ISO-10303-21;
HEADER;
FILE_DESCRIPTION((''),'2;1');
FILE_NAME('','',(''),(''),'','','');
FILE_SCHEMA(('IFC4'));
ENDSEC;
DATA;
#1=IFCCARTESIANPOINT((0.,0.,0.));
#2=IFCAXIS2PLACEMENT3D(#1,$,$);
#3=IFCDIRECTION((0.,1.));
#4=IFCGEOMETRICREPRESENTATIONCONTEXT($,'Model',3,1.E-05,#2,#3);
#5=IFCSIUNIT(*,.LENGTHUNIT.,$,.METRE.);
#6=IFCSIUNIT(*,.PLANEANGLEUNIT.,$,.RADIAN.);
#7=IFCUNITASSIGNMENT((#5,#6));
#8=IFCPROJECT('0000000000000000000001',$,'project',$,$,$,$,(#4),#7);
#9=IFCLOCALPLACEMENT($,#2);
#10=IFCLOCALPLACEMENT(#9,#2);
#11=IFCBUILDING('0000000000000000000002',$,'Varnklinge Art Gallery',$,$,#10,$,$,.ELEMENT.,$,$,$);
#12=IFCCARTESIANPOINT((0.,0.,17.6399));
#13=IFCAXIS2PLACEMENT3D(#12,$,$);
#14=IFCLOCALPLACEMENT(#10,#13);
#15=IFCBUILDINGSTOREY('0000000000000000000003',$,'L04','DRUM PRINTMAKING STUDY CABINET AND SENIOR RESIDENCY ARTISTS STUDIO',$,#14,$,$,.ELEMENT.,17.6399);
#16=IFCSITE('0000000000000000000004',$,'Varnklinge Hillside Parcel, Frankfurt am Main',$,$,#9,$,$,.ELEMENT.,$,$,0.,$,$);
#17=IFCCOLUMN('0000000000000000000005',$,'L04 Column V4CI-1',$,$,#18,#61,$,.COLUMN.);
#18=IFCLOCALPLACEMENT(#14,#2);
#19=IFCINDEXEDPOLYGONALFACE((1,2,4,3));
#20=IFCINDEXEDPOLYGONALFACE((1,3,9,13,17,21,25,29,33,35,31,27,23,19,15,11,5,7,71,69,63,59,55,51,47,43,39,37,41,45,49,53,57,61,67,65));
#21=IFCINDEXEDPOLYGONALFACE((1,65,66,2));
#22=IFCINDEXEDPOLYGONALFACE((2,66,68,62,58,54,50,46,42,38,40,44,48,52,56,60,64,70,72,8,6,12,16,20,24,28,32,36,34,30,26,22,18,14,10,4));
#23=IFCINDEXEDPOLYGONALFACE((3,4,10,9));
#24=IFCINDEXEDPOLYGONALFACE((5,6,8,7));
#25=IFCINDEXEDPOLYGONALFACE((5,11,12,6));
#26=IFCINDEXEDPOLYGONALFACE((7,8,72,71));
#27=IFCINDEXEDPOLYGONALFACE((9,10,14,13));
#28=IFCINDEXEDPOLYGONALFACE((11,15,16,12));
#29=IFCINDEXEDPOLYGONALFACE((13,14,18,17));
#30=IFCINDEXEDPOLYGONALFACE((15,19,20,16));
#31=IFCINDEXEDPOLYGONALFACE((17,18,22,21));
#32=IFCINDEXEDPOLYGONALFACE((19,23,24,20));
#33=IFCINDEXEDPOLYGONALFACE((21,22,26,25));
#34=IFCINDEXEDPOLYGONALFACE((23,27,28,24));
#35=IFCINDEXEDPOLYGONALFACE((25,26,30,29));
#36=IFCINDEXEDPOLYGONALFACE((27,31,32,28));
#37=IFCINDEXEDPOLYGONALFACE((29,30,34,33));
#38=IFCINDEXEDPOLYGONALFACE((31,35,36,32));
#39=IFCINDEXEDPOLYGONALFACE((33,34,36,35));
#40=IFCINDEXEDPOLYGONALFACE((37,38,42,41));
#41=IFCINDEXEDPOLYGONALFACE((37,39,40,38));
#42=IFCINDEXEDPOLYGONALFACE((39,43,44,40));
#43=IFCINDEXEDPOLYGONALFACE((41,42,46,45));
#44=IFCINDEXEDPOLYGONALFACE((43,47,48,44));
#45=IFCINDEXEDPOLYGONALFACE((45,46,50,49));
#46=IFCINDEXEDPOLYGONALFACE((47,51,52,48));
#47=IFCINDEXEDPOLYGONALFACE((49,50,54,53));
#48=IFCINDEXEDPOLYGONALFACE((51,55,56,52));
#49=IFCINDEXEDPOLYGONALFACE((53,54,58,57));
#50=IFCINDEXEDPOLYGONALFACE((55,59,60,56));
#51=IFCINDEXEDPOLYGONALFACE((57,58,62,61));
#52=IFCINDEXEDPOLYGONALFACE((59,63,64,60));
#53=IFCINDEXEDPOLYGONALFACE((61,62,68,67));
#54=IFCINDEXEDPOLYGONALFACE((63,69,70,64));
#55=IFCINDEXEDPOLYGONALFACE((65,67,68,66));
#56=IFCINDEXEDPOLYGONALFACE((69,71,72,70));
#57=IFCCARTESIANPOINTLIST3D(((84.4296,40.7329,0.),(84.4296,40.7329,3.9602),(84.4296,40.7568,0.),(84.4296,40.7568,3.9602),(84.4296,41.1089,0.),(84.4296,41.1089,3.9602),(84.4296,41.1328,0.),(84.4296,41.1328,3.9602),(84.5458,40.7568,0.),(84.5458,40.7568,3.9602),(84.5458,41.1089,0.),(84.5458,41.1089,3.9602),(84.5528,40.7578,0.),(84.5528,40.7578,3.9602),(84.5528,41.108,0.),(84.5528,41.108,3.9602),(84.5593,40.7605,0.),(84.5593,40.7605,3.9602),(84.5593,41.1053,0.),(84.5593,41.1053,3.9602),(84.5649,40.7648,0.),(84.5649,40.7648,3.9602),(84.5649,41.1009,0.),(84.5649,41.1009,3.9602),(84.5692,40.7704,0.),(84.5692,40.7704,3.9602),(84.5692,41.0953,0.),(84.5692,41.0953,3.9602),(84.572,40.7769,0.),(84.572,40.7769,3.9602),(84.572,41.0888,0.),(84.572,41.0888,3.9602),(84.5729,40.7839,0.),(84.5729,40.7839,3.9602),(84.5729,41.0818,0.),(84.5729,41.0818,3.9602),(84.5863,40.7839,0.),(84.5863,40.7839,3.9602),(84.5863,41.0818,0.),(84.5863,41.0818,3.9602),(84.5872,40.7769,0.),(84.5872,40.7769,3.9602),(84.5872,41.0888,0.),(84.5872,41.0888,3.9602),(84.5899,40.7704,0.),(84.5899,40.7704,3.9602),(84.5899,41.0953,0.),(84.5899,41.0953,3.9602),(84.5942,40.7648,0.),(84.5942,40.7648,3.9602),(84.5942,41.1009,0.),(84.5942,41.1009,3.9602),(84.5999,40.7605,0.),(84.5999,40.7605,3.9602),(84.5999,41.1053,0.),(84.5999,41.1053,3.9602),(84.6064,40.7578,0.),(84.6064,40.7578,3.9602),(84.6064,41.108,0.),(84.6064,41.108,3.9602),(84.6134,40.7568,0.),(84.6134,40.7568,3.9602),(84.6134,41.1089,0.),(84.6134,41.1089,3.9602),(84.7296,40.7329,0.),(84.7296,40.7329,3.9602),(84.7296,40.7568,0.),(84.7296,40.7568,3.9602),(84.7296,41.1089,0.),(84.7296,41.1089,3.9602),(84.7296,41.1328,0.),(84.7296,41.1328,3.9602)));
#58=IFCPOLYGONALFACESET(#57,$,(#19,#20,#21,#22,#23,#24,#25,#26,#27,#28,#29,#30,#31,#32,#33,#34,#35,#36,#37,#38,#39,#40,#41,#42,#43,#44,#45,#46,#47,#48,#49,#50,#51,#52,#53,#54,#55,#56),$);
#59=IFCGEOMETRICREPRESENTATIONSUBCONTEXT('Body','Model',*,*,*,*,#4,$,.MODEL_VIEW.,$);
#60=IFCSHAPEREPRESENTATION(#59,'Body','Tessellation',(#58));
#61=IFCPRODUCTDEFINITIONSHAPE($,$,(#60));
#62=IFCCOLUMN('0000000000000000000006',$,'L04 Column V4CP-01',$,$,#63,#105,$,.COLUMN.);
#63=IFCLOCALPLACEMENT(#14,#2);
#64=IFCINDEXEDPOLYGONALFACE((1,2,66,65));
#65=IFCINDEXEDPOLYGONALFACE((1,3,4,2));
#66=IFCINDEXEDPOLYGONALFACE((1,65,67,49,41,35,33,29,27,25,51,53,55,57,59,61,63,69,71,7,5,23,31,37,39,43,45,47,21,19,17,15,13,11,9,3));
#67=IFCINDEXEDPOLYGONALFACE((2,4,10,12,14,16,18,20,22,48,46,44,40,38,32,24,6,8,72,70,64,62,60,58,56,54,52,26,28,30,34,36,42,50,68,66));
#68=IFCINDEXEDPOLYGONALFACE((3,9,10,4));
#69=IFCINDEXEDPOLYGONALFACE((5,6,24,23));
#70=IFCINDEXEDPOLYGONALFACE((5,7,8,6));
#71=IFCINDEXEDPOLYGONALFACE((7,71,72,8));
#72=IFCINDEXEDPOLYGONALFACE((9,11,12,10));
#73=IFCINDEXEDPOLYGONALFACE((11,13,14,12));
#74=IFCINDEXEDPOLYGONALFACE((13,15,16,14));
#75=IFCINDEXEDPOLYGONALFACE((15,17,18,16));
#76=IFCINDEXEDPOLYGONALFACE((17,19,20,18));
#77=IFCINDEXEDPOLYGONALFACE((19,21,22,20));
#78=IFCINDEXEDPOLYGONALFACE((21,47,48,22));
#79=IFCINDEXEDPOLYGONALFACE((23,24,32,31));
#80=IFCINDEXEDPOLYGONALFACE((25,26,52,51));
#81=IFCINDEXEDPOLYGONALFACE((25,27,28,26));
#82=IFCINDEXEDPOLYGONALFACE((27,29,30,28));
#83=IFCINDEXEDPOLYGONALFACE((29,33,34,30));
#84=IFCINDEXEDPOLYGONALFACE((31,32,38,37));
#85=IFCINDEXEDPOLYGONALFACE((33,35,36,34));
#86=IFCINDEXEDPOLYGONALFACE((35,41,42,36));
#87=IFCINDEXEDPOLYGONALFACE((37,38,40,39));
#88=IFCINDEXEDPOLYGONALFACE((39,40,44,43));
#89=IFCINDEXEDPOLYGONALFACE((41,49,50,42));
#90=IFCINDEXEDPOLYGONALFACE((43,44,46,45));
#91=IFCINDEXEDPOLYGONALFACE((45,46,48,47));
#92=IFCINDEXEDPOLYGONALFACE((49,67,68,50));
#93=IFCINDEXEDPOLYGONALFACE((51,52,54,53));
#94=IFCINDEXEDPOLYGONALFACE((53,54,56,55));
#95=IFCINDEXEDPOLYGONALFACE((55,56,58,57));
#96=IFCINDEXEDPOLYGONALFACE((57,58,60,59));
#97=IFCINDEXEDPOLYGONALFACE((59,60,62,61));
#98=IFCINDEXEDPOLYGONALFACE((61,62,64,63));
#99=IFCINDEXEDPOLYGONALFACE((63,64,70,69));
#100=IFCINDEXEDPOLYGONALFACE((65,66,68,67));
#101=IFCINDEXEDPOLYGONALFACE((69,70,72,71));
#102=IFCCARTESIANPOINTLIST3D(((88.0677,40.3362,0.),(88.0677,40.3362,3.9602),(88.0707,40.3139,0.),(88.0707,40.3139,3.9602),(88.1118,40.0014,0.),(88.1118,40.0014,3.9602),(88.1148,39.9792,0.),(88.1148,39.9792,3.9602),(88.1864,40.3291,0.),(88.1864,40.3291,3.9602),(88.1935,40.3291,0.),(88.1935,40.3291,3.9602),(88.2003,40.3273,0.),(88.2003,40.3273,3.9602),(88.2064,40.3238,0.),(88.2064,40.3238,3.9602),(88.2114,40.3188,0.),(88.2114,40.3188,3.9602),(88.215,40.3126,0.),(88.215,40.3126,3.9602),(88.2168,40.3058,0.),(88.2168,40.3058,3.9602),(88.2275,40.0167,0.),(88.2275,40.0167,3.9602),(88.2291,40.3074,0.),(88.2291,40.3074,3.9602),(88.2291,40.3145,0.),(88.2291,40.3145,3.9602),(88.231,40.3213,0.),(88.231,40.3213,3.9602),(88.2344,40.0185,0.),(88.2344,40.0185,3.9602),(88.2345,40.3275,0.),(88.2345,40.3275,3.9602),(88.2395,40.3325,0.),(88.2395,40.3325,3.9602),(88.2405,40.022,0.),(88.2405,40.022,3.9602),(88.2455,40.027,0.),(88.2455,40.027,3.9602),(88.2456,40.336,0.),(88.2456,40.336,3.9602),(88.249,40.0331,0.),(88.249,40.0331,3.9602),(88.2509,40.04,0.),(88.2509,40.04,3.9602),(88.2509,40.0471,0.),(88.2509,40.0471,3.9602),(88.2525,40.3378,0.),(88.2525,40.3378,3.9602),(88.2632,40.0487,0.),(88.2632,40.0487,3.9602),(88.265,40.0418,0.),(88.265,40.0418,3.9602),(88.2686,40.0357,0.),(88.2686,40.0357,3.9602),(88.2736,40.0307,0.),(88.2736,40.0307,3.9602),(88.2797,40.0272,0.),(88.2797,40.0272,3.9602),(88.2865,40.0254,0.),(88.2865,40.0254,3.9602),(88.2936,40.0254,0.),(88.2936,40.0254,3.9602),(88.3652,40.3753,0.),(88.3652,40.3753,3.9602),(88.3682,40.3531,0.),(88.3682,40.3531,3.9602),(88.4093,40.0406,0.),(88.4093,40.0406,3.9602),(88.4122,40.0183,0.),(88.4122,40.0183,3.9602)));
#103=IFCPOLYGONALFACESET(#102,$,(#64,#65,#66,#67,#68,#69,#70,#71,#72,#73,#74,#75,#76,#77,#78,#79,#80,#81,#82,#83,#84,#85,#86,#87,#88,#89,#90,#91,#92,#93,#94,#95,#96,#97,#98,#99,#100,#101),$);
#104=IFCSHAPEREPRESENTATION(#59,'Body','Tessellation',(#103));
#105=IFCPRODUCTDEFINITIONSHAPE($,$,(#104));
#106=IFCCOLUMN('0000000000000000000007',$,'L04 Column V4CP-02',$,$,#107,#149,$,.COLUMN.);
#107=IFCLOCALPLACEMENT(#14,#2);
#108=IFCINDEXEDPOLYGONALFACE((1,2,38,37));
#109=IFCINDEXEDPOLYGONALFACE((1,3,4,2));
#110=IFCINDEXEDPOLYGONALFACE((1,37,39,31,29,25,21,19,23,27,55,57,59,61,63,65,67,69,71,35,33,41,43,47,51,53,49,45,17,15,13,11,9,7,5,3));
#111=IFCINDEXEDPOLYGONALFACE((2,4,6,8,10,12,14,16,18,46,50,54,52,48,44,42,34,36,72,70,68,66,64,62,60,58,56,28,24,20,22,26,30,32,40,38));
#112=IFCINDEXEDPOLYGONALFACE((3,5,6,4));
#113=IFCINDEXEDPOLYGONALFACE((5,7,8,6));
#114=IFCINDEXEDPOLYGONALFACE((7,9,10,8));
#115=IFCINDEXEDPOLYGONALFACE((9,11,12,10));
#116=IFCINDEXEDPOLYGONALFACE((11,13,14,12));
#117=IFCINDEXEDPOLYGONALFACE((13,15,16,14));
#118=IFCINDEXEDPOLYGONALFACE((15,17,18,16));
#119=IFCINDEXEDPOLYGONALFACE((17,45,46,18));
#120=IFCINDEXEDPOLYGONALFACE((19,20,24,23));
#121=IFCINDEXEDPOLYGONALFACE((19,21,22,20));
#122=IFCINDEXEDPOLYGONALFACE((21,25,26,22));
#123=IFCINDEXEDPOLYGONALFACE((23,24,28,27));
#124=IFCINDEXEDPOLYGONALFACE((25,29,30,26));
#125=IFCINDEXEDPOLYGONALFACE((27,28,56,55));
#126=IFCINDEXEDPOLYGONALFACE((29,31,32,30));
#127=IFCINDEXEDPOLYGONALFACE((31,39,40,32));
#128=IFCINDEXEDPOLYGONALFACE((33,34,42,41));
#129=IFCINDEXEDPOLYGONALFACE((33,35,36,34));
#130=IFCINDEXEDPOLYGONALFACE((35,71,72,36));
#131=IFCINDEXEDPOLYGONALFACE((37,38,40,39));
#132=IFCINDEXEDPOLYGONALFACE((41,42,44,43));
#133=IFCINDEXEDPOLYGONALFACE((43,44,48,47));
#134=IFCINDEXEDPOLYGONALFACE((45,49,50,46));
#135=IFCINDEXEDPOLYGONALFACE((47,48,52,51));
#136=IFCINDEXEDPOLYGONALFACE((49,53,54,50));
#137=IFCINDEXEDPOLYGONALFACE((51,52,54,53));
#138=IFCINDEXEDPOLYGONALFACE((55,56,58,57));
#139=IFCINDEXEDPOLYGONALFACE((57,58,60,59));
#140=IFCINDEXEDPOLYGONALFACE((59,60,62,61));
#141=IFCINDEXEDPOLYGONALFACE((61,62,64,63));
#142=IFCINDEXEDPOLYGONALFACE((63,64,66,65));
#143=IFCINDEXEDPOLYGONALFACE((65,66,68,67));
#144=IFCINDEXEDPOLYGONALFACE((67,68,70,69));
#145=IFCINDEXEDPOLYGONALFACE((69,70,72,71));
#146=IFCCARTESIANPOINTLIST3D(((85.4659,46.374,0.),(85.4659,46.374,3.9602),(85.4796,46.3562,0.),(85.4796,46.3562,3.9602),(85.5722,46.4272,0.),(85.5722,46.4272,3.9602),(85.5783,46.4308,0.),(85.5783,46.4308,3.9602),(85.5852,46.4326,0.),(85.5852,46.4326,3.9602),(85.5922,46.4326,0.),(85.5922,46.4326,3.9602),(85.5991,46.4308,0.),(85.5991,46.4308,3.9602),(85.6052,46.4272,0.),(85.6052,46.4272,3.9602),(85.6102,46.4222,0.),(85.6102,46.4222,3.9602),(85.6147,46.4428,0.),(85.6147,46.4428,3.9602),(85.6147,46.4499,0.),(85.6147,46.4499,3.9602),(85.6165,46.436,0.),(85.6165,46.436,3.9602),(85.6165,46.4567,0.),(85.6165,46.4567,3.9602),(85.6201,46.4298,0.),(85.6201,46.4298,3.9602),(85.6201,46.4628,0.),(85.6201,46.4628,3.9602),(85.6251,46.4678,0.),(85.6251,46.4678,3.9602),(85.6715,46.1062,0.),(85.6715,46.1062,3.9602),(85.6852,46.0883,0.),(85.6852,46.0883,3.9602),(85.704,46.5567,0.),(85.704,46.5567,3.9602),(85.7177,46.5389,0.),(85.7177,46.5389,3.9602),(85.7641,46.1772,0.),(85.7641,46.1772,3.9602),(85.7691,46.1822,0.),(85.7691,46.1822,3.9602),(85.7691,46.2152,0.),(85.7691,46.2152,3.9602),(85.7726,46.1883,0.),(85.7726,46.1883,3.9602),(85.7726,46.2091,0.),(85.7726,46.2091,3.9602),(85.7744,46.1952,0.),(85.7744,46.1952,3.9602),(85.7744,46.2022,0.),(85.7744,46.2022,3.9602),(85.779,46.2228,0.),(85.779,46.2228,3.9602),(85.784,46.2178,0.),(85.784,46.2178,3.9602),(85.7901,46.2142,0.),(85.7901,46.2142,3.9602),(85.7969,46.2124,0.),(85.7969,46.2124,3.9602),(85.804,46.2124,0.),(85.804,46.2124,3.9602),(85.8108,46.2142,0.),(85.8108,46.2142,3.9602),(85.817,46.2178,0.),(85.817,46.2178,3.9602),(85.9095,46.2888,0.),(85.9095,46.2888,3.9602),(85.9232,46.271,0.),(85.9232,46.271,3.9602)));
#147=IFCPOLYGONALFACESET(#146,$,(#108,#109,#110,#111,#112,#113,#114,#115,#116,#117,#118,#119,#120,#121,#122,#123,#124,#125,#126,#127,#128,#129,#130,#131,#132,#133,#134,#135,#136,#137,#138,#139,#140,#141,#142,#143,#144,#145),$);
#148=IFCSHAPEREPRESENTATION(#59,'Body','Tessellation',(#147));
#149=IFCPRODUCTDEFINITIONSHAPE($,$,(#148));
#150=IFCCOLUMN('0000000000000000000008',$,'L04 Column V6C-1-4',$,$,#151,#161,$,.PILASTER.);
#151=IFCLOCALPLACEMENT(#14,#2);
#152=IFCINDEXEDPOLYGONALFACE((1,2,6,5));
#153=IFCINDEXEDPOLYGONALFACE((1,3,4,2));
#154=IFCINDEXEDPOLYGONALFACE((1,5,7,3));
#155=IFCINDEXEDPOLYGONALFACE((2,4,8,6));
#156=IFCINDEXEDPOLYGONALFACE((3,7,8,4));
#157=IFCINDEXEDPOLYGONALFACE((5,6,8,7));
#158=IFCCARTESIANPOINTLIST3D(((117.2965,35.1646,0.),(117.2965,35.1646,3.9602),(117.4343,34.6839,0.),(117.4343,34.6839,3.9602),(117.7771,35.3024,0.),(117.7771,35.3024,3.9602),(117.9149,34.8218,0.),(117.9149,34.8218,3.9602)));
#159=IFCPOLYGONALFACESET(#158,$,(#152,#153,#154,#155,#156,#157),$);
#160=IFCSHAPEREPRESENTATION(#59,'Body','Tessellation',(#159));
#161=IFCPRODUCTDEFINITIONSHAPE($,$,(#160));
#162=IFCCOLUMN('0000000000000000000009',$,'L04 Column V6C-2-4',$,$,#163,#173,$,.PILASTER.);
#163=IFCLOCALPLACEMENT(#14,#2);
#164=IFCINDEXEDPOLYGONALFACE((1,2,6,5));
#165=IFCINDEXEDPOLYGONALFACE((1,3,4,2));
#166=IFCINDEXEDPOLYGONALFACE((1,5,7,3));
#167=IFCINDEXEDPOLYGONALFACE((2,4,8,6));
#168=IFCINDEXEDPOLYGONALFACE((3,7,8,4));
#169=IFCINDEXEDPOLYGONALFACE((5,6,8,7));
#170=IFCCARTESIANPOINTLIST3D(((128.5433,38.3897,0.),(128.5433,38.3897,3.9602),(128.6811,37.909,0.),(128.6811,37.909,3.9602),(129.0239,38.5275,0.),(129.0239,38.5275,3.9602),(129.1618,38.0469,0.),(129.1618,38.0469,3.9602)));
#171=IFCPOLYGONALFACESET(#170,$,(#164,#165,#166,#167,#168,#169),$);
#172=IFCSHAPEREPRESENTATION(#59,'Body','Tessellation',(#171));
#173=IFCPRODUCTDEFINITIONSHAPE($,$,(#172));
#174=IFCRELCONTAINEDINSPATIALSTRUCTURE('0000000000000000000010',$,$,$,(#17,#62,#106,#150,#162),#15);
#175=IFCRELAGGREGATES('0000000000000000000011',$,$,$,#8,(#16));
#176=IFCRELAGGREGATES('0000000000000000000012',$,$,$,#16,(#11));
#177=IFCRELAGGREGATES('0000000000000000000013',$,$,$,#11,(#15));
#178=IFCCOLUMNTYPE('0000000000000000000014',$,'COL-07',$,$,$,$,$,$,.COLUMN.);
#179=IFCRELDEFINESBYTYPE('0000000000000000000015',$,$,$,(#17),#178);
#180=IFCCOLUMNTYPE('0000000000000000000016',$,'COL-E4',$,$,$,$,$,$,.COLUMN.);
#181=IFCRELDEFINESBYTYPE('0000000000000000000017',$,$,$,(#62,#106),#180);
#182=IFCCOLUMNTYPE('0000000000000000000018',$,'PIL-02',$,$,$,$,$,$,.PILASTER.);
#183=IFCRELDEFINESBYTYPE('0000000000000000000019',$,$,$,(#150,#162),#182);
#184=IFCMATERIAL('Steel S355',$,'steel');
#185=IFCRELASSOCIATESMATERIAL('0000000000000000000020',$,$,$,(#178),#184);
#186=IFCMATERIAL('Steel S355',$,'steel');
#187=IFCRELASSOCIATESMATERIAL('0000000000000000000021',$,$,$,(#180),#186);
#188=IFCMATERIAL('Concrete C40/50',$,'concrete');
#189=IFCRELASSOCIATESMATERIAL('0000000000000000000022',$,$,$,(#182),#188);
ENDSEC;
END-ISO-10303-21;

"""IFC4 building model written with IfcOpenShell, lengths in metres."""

from ifc_helpers import new_model, si_unit, direction, frame, origin, origin_2d, place, context, subcontext, project, spatial, rectangle, i_section, extrude, material, material_profile, profile_set, type_object, element, save


model = new_model("IFC4")

# Units and contexts
model_context = context("Model", 3, precision=1e-05, world=origin(), true_north=direction((0.0, 1.0)))
body_context = subcontext(model_context, "Body", "Model", "MODEL_VIEW")
ifc_project = project(units=[si_unit("LENGTHUNIT", "METRE"), si_unit("PLANEANGLEUNIT", "RADIAN")], contexts=[model_context])

# Site, building, storey
site_placement = place(None, origin())
site = spatial("IfcSite", under=ifc_project, at=site_placement, Name="Varnklinge Hillside Parcel, Frankfurt am Main", CompositionType="ELEMENT", RefElevation=0.0)
building_placement = place(site_placement, origin())
building = spatial("IfcBuilding", under=site, at=building_placement, Name="Varnklinge Art Gallery", CompositionType="ELEMENT")
storey_placement = place(building_placement, frame((0.0, 0.0, 17.6399)))
storey = spatial("IfcBuildingStorey", under=building, at=storey_placement, Name="L04", Description="DRUM PRINTMAKING STUDY CABINET AND SENIOR RESIDENCY ARTISTS STUDIO", CompositionType="ELEMENT", Elevation=17.6399)

# Columns
ifc_material_1 = material(Name="Steel S355", Category="steel")
ifc_material_profile_1 = material_profile(ifc_material_1, i_section(OverallWidth=0.3, OverallDepth=0.3999, WebThickness=0.0134, FlangeThickness=0.0239, FilletRadius=0.0271, at=origin_2d()), Name="HEB 400")
ifc_profile_set_1 = profile_set([ifc_material_profile_1], Name="Steel S355")
column_type_1 = type_object("IfcColumnType", Name="COL-07", PredefinedType="COLUMN", material=ifc_profile_set_1)
column_placement = place(storey_placement, frame((84.5796, 40.9329, 0.0), z_axis=(0.0, 0.0, 1.0), x_axis=(1.0, 0.0, 0.0)))
element("IfcColumn", 1, at=column_placement, inside=storey, type_object=column_type_1, Name="L04 Column V4CI-1", PredefinedType="COLUMN", context=body_context, shape_type="SweptSolid", body=[
    extrude(i_section(OverallWidth=0.3, OverallDepth=0.3999, WebThickness=0.0134, FlangeThickness=0.0239, FilletRadius=0.0271, at=origin_2d()), origin(), (0.0, 0.0, 1.0), 3.9602),
])
ifc_material_2 = material(Name="Steel S355", Category="steel")
ifc_material_profile_2 = material_profile(ifc_material_2, i_section(OverallWidth=0.3, OverallDepth=0.3601, WebThickness=0.0125, FlangeThickness=0.0225, FilletRadius=0.0271, at=origin_2d()), Name="HEB 360")
ifc_profile_set_2 = profile_set([ifc_material_profile_2], Name="Steel S355")
column_type_2 = type_object("IfcColumnType", Name="COL-E4", PredefinedType="COLUMN", material=ifc_profile_set_2)
for number, where, z_axis, x_axis, name in (
    (2, (88.24, 40.1772, 0.0), (0.0, 0.0, 1.0), (0.991445, 0.130526, 0.0), "L04 Column V4CP-01"),
    (3, (85.6946, 46.3225, 0.0), (0.0, 0.0, 1.0), (0.793353, 0.608761, 0.0), "L04 Column V4CP-02"),
):
    element("IfcColumn", number, at=place(storey_placement, frame(where, z_axis=z_axis, x_axis=x_axis)), inside=storey, type_object=column_type_2, Name=name, PredefinedType="COLUMN", context=body_context, shape_type="SweptSolid", body=[
        extrude(i_section(OverallWidth=0.3, OverallDepth=0.3601, WebThickness=0.0125, FlangeThickness=0.0225, FilletRadius=0.0271, at=origin_2d()), origin(), (0.0, 0.0, 1.0), 3.9602),
    ])
ifc_material_3 = material(Name="Concrete C40/50", Category="concrete")
ifc_material_profile_3 = material_profile(ifc_material_3, rectangle(XDim=0.5, YDim=0.5, at=origin_2d()), Name="RC 500x500")
ifc_profile_set_3 = profile_set([ifc_material_profile_3], Name="Concrete C40/50")
column_type_3 = type_object("IfcColumnType", Name="PIL-02", PredefinedType="PILASTER", material=ifc_profile_set_3)
for number, where, z_axis, x_axis, name in (
    (4, (117.6057, 34.9932, 0.0), (0.0, 0.0, 1.0), (0.961262, 0.275637, 0.0), "L04 Column V6C-1-4"),
    (5, (128.8525, 38.2183, 0.0), (0.0, 0.0, 1.0), (0.961262, 0.275637, 0.0), "L04 Column V6C-2-4"),
):
    element("IfcColumn", number, at=place(storey_placement, frame(where, z_axis=z_axis, x_axis=x_axis)), inside=storey, type_object=column_type_3, Name=name, PredefinedType="PILASTER", context=body_context, shape_type="SweptSolid", body=[
        extrude(rectangle(XDim=0.5, YDim=0.5, at=origin_2d()), origin(), (0.0, 0.0, 1.0), 3.9602),
    ])

save(model, "model.ifc")
